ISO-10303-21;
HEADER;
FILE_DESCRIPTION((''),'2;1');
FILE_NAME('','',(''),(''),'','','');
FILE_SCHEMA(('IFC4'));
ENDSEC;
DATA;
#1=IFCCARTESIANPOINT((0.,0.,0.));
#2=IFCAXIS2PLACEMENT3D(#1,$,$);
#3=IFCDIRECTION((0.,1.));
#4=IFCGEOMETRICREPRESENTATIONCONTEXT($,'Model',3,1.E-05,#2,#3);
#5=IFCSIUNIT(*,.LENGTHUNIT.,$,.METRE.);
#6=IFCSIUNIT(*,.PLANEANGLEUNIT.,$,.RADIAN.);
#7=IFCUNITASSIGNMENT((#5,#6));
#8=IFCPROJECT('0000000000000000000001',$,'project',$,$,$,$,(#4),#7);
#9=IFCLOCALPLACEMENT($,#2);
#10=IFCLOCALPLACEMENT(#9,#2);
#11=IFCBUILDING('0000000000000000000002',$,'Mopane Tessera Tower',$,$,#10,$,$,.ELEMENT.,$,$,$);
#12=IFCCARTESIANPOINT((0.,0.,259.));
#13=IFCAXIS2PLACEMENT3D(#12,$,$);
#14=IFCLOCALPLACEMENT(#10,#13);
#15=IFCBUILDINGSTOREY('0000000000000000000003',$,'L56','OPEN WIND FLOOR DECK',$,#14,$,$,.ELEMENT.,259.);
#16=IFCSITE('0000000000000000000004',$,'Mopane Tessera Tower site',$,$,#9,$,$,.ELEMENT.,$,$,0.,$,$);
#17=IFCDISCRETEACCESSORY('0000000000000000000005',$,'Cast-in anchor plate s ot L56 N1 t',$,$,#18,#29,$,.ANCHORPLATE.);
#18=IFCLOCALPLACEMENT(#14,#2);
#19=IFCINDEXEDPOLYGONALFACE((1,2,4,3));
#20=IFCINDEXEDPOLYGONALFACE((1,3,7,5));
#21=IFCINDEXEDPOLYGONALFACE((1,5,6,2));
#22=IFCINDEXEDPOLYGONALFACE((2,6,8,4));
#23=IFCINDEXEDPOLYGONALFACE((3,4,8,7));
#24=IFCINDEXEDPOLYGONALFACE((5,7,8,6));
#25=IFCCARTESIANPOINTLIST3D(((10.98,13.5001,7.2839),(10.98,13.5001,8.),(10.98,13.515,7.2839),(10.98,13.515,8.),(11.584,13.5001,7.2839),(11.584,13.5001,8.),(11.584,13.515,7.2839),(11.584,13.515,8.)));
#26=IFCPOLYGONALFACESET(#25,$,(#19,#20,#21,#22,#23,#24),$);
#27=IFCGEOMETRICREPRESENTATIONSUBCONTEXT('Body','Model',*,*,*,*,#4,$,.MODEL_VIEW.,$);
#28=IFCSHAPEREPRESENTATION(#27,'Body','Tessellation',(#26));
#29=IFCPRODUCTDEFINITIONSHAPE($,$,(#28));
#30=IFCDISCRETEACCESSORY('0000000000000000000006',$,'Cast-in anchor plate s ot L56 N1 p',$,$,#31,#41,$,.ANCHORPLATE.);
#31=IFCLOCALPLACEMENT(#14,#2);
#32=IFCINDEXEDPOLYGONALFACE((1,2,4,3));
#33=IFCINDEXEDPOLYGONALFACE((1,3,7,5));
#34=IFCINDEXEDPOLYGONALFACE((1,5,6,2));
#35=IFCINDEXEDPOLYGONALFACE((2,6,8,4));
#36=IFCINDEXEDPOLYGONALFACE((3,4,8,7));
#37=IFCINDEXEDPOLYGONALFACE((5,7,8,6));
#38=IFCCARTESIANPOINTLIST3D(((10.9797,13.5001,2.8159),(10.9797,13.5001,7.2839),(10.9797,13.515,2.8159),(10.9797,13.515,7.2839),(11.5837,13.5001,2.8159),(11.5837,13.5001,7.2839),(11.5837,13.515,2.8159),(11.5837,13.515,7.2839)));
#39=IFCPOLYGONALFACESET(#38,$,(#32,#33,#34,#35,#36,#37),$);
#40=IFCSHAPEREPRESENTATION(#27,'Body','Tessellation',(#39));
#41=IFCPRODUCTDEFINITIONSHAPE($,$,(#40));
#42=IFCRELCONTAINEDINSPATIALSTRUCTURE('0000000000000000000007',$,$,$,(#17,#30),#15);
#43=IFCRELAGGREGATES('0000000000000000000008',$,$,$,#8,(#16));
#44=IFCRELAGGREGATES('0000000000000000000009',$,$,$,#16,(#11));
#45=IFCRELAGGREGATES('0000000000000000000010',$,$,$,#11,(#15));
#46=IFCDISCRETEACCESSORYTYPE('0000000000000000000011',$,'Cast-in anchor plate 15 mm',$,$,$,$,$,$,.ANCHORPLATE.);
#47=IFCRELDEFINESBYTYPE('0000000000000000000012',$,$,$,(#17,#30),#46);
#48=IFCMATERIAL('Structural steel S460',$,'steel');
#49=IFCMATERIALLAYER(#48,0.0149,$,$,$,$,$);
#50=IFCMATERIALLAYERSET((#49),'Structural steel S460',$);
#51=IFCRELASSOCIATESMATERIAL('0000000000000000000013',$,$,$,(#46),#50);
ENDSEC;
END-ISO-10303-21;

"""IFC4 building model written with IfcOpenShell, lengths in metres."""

from ifc_helpers import new_model, si_unit, direction, frame, origin, origin_2d, place, context, subcontext, project, spatial, rectangle, extrude, material, layer, layer_set, type_object, element, save


model = new_model("IFC4")

# Units and contexts
model_context = context("Model", 3, precision=1e-05, world=origin(), true_north=direction((0.0, 1.0)))
body_context = subcontext(model_context, "Body", "Model", "MODEL_VIEW")
ifc_project = project(units=[si_unit("LENGTHUNIT", "METRE"), si_unit("PLANEANGLEUNIT", "RADIAN")], contexts=[model_context])

# Site, building, storey
site_placement = place(None, origin())
site = spatial("IfcSite", under=ifc_project, at=site_placement, Name="Mopane Tessera Tower site", CompositionType="ELEMENT", RefElevation=0.0)
building_placement = place(site_placement, origin())
building = spatial("IfcBuilding", under=site, at=building_placement, Name="Mopane Tessera Tower", CompositionType="ELEMENT")
storey_placement = place(building_placement, frame((0.0, 0.0, 259.0)))
storey = spatial("IfcBuildingStorey", under=building, at=storey_placement, Name="L56", Description="OPEN WIND FLOOR DECK", CompositionType="ELEMENT", Elevation=259.0)

# Discrete accessories
ifc_material_1 = material(Name="Structural steel S460", Category="steel")
ifc_layer = layer(ifc_material_1, 0.0149)
ifc_layer_set = layer_set([ifc_layer], Name="Structural steel S460")
discrete_accessory_type = type_object("IfcDiscreteAccessoryType", Name="Cast-in anchor plate 15 mm", PredefinedType="ANCHORPLATE", material=ifc_layer_set)
discrete_accessory_1_placement = place(storey_placement, frame((11.282, 13.5076, 7.2839), z_axis=(0.0, 0.0, 1.0), x_axis=(0.0, 1.0, 0.0)))
element("IfcDiscreteAccessory", 1, at=discrete_accessory_1_placement, inside=storey, type_object=discrete_accessory_type, Name="Cast-in anchor plate s ot L56 N1 t", PredefinedType="ANCHORPLATE", context=body_context, shape_type="SweptSolid", body=[
    extrude(rectangle(XDim=0.0149, YDim=0.604, at=origin_2d()), origin(), (0.0, 0.0, 1.0), 0.7161),
])
discrete_accessory_2_placement = place(storey_placement, frame((11.2817, 13.5076, 2.8159), z_axis=(0.0, 0.0, 1.0), x_axis=(0.0, 1.0, 0.0)))
element("IfcDiscreteAccessory", 2, at=discrete_accessory_2_placement, inside=storey, type_object=discrete_accessory_type, Name="Cast-in anchor plate s ot L56 N1 p", PredefinedType="ANCHORPLATE", context=body_context, shape_type="SweptSolid", body=[
    extrude(rectangle(XDim=0.0149, YDim=0.604, at=origin_2d()), origin(), (0.0, 0.0, 1.0), 4.468),
])

save(model, "model.ifc")
